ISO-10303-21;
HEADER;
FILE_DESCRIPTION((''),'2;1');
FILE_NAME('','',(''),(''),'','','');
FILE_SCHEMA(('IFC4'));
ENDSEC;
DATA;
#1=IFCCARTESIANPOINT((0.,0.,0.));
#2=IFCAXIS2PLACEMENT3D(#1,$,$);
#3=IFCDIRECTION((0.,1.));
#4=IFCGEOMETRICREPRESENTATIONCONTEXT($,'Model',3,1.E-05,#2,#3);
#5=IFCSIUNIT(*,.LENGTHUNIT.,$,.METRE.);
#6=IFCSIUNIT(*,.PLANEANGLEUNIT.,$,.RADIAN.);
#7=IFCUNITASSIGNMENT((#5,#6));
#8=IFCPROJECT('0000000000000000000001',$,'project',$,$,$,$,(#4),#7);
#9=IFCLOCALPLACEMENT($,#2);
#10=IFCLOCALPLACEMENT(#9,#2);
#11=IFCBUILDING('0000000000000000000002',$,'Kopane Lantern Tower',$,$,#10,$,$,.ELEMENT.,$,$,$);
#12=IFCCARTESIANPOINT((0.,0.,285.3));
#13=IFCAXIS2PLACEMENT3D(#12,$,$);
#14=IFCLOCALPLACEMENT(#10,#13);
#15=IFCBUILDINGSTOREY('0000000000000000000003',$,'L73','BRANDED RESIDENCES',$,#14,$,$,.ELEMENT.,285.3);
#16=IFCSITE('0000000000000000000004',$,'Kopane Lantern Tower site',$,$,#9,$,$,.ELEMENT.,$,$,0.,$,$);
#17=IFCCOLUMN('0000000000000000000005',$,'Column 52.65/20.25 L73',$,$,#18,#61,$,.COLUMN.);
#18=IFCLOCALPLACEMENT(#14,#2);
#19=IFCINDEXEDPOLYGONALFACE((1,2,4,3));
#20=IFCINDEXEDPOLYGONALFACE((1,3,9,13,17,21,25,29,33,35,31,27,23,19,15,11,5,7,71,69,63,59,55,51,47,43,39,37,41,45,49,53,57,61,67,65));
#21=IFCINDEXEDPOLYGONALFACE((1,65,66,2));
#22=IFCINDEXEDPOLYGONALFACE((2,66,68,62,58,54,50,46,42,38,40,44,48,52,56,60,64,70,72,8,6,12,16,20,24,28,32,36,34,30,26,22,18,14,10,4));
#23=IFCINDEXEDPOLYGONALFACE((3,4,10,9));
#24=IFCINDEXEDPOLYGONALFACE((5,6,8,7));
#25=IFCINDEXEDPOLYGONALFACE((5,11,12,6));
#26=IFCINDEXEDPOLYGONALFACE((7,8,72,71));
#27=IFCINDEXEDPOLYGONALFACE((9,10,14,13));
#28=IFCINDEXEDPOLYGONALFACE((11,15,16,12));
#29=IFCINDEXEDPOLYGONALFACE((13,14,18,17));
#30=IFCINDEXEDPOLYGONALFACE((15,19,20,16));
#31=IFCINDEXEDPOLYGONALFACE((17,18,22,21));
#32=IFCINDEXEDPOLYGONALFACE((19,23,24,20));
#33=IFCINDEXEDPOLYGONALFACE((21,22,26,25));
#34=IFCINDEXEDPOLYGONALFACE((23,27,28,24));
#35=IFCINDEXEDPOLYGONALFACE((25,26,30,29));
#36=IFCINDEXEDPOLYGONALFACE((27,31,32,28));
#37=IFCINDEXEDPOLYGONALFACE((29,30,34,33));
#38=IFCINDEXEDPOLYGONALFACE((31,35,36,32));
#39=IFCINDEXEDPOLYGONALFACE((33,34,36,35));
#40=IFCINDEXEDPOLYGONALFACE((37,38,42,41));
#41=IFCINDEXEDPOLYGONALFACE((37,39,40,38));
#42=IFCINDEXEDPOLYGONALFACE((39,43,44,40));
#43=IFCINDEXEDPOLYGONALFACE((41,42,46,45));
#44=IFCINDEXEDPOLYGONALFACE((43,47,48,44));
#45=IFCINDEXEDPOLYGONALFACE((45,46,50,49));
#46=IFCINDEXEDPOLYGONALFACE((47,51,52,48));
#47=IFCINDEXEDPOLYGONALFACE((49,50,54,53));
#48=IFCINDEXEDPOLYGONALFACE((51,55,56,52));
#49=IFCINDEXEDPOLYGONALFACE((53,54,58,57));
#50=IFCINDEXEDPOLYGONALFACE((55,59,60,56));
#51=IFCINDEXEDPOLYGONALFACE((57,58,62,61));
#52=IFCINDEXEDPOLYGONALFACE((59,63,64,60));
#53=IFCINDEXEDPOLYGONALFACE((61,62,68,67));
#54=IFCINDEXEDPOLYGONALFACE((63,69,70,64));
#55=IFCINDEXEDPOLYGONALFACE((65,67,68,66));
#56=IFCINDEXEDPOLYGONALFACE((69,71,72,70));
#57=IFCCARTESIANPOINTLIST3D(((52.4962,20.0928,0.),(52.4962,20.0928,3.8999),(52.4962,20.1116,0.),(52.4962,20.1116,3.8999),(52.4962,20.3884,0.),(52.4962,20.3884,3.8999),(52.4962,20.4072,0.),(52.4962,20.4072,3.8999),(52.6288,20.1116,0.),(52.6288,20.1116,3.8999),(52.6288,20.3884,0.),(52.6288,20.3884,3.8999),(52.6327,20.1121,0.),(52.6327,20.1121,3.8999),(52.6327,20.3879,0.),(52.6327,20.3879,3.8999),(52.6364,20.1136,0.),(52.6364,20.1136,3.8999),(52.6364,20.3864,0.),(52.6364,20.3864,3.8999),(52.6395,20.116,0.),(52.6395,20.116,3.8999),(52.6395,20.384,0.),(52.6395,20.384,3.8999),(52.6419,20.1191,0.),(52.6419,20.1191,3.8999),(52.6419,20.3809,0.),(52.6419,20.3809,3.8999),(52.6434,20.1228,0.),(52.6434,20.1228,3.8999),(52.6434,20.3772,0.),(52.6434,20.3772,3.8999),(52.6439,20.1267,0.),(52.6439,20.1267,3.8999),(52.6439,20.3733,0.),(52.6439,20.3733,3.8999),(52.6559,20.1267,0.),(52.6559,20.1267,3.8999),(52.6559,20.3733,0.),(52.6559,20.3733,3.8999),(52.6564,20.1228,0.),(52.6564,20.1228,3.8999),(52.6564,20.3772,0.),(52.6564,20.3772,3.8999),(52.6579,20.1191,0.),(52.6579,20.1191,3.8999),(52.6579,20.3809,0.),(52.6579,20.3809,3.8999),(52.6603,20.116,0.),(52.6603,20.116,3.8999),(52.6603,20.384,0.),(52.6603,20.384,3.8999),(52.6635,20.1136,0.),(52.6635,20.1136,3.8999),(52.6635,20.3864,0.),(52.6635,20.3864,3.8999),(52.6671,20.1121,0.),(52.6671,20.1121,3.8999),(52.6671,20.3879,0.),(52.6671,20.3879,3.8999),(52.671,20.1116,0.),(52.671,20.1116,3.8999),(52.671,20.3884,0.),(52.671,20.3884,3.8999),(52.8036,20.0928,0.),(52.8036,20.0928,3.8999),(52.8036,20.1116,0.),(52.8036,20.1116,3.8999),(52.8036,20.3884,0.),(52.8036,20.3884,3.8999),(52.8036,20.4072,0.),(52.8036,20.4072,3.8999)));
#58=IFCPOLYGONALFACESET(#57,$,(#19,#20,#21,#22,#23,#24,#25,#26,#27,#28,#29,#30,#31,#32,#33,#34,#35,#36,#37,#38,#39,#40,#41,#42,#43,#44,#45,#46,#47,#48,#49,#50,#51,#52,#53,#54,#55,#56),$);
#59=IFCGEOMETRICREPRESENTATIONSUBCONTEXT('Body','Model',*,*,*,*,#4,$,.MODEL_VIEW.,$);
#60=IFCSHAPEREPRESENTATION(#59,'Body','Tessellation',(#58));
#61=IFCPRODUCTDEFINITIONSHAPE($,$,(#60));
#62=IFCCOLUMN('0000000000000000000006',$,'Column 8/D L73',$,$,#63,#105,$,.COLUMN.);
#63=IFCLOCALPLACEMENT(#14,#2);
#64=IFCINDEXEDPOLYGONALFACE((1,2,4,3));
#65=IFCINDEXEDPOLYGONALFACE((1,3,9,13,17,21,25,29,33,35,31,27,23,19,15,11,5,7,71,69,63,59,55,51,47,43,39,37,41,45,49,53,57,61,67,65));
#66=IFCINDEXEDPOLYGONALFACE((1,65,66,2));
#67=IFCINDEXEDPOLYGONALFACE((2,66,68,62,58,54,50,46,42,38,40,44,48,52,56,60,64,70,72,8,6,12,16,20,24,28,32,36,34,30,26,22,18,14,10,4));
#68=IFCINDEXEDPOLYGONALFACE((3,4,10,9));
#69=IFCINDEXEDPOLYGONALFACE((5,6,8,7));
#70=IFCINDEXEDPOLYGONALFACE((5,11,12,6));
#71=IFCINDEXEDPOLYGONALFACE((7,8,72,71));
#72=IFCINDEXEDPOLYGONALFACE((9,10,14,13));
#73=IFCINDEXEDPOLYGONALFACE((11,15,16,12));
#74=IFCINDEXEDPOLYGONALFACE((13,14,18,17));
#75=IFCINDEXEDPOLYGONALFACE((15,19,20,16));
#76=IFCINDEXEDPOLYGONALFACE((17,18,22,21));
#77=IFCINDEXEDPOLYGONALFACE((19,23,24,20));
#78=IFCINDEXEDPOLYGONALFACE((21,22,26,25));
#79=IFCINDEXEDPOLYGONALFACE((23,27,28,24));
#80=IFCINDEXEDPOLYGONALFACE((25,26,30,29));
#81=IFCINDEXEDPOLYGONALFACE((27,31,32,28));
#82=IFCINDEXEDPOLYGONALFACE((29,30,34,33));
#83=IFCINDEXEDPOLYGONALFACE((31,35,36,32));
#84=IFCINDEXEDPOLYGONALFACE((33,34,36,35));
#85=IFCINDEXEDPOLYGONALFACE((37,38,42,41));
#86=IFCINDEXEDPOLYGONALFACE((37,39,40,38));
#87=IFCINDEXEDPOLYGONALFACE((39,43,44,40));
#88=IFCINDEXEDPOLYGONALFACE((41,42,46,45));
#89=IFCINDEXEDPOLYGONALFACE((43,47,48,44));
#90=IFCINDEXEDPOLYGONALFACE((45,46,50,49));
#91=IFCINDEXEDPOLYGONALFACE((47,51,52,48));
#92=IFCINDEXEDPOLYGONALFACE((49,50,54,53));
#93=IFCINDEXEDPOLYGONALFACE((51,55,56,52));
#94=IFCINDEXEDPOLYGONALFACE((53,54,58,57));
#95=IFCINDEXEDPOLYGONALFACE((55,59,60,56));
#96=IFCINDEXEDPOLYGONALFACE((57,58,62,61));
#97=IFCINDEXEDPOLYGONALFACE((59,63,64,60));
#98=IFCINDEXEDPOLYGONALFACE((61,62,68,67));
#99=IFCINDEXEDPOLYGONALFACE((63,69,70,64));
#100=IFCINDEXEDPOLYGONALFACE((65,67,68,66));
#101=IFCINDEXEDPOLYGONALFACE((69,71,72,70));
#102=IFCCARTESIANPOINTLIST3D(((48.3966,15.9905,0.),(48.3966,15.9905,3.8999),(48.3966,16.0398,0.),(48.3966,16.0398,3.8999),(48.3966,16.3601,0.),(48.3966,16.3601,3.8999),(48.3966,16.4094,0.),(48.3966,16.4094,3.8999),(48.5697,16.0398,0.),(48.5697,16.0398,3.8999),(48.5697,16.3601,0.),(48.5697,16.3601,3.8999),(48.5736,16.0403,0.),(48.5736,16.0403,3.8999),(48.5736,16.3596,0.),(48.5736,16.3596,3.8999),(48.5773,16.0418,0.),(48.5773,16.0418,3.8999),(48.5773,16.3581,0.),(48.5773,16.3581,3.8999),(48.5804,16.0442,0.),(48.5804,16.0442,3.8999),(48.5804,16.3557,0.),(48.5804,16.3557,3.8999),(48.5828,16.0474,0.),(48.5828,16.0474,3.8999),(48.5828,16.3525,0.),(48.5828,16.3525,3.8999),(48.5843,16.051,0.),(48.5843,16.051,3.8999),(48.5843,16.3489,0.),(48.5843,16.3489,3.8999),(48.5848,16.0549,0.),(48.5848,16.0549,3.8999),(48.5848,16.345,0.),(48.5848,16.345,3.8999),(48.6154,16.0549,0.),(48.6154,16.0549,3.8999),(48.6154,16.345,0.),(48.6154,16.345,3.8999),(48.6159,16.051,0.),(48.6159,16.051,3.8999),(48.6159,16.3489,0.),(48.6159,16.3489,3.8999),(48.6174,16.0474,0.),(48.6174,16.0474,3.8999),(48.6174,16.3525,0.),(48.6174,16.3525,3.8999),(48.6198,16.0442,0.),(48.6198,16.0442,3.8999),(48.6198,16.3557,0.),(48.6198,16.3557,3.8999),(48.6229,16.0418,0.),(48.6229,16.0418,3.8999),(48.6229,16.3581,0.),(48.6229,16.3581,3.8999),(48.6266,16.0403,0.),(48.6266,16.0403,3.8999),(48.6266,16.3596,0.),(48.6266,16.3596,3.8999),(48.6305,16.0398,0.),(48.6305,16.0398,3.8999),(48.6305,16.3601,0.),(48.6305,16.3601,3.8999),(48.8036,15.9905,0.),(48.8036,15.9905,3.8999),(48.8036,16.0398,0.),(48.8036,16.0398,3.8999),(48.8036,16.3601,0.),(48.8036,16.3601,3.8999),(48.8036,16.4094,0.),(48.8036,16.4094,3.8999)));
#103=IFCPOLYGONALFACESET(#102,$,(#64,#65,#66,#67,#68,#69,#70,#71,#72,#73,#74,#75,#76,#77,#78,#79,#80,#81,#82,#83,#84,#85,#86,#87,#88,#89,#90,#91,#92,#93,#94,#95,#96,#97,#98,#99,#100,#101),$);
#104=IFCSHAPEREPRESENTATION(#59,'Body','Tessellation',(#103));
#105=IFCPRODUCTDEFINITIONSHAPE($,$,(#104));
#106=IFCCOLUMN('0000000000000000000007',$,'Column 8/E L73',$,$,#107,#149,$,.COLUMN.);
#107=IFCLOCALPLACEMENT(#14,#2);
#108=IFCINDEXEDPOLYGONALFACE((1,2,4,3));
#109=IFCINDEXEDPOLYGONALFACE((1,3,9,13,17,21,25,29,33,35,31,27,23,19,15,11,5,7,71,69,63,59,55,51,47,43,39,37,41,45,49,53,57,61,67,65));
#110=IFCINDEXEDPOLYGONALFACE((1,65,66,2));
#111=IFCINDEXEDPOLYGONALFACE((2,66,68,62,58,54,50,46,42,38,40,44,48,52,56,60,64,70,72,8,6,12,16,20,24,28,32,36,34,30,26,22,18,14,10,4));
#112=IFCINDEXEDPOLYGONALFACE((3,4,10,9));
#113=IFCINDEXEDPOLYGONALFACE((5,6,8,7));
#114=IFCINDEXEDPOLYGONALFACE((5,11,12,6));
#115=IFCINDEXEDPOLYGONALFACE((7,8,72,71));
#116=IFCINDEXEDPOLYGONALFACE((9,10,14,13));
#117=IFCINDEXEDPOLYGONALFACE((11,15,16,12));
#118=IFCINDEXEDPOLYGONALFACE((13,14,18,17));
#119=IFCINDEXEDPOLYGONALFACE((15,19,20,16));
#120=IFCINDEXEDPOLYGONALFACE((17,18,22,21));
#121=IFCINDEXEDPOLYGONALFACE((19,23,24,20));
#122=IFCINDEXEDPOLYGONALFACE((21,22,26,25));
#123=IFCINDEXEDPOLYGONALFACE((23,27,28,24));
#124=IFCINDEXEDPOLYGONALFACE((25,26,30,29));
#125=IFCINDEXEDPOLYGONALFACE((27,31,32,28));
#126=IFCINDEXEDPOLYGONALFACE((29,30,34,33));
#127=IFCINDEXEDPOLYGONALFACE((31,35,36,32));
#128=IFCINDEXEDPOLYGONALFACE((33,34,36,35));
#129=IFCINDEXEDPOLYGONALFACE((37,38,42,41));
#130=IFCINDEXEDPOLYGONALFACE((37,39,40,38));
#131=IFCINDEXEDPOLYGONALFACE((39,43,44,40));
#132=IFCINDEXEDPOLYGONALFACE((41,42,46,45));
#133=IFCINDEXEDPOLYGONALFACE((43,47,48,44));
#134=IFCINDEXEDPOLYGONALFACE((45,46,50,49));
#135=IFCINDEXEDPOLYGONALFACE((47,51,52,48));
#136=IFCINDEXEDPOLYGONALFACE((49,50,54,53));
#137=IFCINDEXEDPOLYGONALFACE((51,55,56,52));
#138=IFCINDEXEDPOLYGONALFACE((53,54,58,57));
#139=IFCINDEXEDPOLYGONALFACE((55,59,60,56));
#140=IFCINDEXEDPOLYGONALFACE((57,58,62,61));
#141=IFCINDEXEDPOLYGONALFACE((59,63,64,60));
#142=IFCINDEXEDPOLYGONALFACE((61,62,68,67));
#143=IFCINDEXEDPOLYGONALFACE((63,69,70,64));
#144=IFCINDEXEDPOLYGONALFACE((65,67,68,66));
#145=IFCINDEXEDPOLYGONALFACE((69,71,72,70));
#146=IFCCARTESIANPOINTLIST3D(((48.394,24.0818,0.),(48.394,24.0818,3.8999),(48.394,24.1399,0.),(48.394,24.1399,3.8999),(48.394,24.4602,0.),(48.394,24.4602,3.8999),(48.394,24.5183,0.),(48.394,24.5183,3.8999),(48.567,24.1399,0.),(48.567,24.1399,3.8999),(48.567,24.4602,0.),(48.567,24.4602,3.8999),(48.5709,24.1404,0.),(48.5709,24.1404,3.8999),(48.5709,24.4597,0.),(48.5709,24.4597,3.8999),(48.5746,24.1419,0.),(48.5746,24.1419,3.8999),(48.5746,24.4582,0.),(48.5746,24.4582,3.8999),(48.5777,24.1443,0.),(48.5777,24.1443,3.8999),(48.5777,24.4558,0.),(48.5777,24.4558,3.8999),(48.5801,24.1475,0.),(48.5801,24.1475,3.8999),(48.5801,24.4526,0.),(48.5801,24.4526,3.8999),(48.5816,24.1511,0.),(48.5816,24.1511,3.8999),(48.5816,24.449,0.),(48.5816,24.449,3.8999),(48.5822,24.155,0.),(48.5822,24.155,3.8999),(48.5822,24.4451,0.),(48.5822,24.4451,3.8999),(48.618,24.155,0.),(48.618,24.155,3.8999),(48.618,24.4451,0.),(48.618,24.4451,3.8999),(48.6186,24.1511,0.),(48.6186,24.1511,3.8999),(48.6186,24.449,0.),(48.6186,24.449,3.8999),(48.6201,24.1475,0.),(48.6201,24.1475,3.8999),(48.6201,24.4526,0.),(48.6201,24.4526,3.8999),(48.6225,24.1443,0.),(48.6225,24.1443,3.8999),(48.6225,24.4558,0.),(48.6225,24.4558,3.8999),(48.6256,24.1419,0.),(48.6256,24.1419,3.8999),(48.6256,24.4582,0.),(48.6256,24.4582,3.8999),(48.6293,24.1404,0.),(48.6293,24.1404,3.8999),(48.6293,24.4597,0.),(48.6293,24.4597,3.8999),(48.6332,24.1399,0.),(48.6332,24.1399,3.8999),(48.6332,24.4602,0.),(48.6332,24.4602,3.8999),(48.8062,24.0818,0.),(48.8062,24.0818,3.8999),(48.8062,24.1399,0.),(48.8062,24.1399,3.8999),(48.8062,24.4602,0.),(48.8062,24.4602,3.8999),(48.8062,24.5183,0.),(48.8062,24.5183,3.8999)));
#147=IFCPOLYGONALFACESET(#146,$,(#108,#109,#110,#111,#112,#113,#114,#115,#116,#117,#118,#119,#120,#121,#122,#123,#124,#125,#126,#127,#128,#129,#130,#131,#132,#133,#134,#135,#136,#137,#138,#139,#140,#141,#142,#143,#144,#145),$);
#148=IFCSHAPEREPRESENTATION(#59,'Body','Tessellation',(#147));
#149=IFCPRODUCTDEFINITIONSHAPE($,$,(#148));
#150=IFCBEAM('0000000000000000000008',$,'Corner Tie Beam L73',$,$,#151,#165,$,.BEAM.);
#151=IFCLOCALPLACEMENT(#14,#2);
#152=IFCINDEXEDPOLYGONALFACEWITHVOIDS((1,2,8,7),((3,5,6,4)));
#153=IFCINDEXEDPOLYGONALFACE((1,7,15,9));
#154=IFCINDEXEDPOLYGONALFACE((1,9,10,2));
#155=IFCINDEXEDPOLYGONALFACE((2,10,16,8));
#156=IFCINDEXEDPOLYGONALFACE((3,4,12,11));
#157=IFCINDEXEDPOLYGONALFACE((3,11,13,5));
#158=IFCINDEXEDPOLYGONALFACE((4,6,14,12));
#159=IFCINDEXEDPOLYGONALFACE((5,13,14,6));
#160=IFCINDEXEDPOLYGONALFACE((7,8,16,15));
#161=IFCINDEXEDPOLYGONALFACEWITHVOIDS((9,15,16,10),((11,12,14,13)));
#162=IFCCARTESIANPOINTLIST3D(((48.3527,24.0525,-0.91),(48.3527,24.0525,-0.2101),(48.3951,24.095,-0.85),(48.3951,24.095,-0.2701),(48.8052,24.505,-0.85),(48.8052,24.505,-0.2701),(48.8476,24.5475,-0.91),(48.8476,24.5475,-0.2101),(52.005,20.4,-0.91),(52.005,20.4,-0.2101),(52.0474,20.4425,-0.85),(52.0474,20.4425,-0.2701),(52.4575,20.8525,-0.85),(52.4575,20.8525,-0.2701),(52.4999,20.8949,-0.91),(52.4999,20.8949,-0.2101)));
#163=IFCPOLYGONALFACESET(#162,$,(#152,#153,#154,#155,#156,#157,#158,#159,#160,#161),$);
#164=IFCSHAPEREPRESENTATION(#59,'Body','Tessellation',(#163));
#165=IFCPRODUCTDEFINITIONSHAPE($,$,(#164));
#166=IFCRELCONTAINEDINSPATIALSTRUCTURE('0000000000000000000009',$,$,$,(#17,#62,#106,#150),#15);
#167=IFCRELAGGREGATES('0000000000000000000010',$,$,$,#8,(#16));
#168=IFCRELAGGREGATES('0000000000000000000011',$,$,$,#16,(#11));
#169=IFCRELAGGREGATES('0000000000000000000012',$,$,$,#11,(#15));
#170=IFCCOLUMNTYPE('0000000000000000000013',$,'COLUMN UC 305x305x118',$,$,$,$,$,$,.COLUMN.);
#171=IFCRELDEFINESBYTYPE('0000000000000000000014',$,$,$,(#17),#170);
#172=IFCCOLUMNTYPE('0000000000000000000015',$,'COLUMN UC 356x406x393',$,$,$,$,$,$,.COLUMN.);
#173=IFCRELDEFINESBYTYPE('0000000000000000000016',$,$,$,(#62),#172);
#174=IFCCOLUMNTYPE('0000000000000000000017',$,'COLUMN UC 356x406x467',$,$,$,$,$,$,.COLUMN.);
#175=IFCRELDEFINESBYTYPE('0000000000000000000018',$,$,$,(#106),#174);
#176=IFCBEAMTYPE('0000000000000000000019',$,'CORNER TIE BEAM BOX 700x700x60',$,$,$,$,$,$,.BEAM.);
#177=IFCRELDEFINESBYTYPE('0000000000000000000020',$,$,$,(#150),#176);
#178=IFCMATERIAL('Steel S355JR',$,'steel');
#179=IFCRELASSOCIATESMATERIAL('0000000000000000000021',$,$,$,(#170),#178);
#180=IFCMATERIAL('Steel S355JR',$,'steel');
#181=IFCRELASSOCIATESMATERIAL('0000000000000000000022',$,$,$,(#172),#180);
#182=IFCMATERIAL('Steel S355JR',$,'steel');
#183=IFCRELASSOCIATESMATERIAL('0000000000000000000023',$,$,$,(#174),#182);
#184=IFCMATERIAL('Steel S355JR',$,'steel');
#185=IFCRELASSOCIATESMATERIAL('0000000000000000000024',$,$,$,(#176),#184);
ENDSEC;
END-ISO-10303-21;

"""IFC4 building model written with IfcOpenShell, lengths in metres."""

from ifc_helpers import new_model, si_unit, direction, frame, origin, origin_2d, place, context, subcontext, project, spatial, hollow_rectangle, i_section, extrude, material, material_profile, profile_set, type_object, element, save


model = new_model("IFC4")

# Units and contexts
model_context = context("Model", 3, precision=1e-05, world=origin(), true_north=direction((0.0, 1.0)))
body_context = subcontext(model_context, "Body", "Model", "MODEL_VIEW")
ifc_project = project(units=[si_unit("LENGTHUNIT", "METRE"), si_unit("PLANEANGLEUNIT", "RADIAN")], contexts=[model_context])

# Site, building, storey
site_placement = place(None, origin())
site = spatial("IfcSite", under=ifc_project, at=site_placement, Name="Kopane Lantern Tower site", CompositionType="ELEMENT", RefElevation=0.0)
building_placement = place(site_placement, origin())
building = spatial("IfcBuilding", under=site, at=building_placement, Name="Kopane Lantern Tower", CompositionType="ELEMENT")
storey_placement = place(building_placement, frame((0.0, 0.0, 285.3)))
storey = spatial("IfcBuildingStorey", under=building, at=storey_placement, Name="L73", Description="BRANDED RESIDENCES", CompositionType="ELEMENT", Elevation=285.3)

# Columns
ifc_material_1 = material(Name="Steel S355JR", Category="steel")
ifc_material_profile_1 = material_profile(ifc_material_1, i_section(OverallWidth=0.3074, OverallDepth=0.3145, WebThickness=0.012, FlangeThickness=0.0188, FilletRadius=0.0151, at=origin_2d()), Name="UC 305x305x118")
ifc_profile_set_1 = profile_set([ifc_material_profile_1], Name="Steel S355JR")
column_type_1 = type_object("IfcColumnType", Name="COLUMN UC 305x305x118", PredefinedType="COLUMN", material=ifc_profile_set_1)
column_1_placement = place(storey_placement, frame((52.6499, 20.25, 0.0), z_axis=(0.0, 0.0, 1.0), x_axis=(1.0, 0.0, 0.0)))
element("IfcColumn", 1, at=column_1_placement, inside=storey, type_object=column_type_1, Name="Column 52.65/20.25 L73", PredefinedType="COLUMN", context=body_context, shape_type="SweptSolid", body=[
    extrude(i_section(OverallWidth=0.3074, OverallDepth=0.3145, WebThickness=0.012, FlangeThickness=0.0188, FilletRadius=0.0151, at=origin_2d()), origin(), (0.0, 0.0, 1.0), 3.8999),
])
ifc_material_2 = material(Name="Steel S355JR", Category="steel")
ifc_material_profile_2 = material_profile(ifc_material_2, i_section(OverallWidth=0.407, OverallDepth=0.4189, WebThickness=0.0305, FlangeThickness=0.0493, FilletRadius=0.0151, at=origin_2d()), Name="UC 356x406x393")
ifc_profile_set_2 = profile_set([ifc_material_profile_2], Name="Steel S355JR")
column_type_2 = type_object("IfcColumnType", Name="COLUMN UC 356x406x393", PredefinedType="COLUMN", material=ifc_profile_set_2)
column_2_placement = place(storey_placement, frame((48.6001, 16.2, 0.0), z_axis=(0.0, 0.0, 1.0), x_axis=(1.0, 0.0, 0.0)))
element("IfcColumn", 2, at=column_2_placement, inside=storey, type_object=column_type_2, Name="Column 8/D L73", PredefinedType="COLUMN", context=body_context, shape_type="SweptSolid", body=[
    extrude(i_section(OverallWidth=0.407, OverallDepth=0.4189, WebThickness=0.0305, FlangeThickness=0.0493, FilletRadius=0.0151, at=origin_2d()), origin(), (0.0, 0.0, 1.0), 3.8999),
])
ifc_material_3 = material(Name="Steel S355JR", Category="steel")
ifc_material_profile_3 = material_profile(ifc_material_3, i_section(OverallWidth=0.4121, OverallDepth=0.4365, WebThickness=0.0359, FlangeThickness=0.0581, FilletRadius=0.0151, at=origin_2d()), Name="UC 356x406x467")
ifc_profile_set_3 = profile_set([ifc_material_profile_3], Name="Steel S355JR")
column_type_3 = type_object("IfcColumnType", Name="COLUMN UC 356x406x467", PredefinedType="COLUMN", material=ifc_profile_set_3)
column_3_placement = place(storey_placement, frame((48.6001, 24.3, 0.0), z_axis=(0.0, 0.0, 1.0), x_axis=(1.0, 0.0, 0.0)))
element("IfcColumn", 3, at=column_3_placement, inside=storey, type_object=column_type_3, Name="Column 8/E L73", PredefinedType="COLUMN", context=body_context, shape_type="SweptSolid", body=[
    extrude(i_section(OverallWidth=0.4121, OverallDepth=0.4365, WebThickness=0.0359, FlangeThickness=0.0581, FilletRadius=0.0151, at=origin_2d()), origin(), (0.0, 0.0, 1.0), 3.8999),
])

# Beam
ifc_material_4 = material(Name="Steel S355JR", Category="steel")
ifc_material_profile_4 = material_profile(ifc_material_4, hollow_rectangle(XDim=0.7, YDim=0.7, WallThickness=0.0601, at=origin_2d()), Name="BOX 700x700x60")
ifc_profile_set_4 = profile_set([ifc_material_profile_4], Name="Steel S355JR")
beam_type_1 = type_object("IfcBeamType", Name="CORNER TIE BEAM BOX 700x700x60", PredefinedType="BEAM", material=ifc_profile_set_4)
beam_1_placement = place(storey_placement, frame((52.2524, 20.6475, -0.5601), z_axis=(-0.707083, 0.70713, 0.0), x_axis=(-0.70713, -0.707083, 0.0)))
element("IfcBeam", 4, at=beam_1_placement, inside=storey, type_object=beam_type_1, Name="Corner Tie Beam L73", PredefinedType="BEAM", context=body_context, shape_type="SweptSolid", body=[
    extrude(hollow_rectangle(XDim=0.7, YDim=0.7, WallThickness=0.0601, at=origin_2d()), origin(), (0.0, 0.0, 1.0), 5.1653),
])

save(model, "model.ifc")
